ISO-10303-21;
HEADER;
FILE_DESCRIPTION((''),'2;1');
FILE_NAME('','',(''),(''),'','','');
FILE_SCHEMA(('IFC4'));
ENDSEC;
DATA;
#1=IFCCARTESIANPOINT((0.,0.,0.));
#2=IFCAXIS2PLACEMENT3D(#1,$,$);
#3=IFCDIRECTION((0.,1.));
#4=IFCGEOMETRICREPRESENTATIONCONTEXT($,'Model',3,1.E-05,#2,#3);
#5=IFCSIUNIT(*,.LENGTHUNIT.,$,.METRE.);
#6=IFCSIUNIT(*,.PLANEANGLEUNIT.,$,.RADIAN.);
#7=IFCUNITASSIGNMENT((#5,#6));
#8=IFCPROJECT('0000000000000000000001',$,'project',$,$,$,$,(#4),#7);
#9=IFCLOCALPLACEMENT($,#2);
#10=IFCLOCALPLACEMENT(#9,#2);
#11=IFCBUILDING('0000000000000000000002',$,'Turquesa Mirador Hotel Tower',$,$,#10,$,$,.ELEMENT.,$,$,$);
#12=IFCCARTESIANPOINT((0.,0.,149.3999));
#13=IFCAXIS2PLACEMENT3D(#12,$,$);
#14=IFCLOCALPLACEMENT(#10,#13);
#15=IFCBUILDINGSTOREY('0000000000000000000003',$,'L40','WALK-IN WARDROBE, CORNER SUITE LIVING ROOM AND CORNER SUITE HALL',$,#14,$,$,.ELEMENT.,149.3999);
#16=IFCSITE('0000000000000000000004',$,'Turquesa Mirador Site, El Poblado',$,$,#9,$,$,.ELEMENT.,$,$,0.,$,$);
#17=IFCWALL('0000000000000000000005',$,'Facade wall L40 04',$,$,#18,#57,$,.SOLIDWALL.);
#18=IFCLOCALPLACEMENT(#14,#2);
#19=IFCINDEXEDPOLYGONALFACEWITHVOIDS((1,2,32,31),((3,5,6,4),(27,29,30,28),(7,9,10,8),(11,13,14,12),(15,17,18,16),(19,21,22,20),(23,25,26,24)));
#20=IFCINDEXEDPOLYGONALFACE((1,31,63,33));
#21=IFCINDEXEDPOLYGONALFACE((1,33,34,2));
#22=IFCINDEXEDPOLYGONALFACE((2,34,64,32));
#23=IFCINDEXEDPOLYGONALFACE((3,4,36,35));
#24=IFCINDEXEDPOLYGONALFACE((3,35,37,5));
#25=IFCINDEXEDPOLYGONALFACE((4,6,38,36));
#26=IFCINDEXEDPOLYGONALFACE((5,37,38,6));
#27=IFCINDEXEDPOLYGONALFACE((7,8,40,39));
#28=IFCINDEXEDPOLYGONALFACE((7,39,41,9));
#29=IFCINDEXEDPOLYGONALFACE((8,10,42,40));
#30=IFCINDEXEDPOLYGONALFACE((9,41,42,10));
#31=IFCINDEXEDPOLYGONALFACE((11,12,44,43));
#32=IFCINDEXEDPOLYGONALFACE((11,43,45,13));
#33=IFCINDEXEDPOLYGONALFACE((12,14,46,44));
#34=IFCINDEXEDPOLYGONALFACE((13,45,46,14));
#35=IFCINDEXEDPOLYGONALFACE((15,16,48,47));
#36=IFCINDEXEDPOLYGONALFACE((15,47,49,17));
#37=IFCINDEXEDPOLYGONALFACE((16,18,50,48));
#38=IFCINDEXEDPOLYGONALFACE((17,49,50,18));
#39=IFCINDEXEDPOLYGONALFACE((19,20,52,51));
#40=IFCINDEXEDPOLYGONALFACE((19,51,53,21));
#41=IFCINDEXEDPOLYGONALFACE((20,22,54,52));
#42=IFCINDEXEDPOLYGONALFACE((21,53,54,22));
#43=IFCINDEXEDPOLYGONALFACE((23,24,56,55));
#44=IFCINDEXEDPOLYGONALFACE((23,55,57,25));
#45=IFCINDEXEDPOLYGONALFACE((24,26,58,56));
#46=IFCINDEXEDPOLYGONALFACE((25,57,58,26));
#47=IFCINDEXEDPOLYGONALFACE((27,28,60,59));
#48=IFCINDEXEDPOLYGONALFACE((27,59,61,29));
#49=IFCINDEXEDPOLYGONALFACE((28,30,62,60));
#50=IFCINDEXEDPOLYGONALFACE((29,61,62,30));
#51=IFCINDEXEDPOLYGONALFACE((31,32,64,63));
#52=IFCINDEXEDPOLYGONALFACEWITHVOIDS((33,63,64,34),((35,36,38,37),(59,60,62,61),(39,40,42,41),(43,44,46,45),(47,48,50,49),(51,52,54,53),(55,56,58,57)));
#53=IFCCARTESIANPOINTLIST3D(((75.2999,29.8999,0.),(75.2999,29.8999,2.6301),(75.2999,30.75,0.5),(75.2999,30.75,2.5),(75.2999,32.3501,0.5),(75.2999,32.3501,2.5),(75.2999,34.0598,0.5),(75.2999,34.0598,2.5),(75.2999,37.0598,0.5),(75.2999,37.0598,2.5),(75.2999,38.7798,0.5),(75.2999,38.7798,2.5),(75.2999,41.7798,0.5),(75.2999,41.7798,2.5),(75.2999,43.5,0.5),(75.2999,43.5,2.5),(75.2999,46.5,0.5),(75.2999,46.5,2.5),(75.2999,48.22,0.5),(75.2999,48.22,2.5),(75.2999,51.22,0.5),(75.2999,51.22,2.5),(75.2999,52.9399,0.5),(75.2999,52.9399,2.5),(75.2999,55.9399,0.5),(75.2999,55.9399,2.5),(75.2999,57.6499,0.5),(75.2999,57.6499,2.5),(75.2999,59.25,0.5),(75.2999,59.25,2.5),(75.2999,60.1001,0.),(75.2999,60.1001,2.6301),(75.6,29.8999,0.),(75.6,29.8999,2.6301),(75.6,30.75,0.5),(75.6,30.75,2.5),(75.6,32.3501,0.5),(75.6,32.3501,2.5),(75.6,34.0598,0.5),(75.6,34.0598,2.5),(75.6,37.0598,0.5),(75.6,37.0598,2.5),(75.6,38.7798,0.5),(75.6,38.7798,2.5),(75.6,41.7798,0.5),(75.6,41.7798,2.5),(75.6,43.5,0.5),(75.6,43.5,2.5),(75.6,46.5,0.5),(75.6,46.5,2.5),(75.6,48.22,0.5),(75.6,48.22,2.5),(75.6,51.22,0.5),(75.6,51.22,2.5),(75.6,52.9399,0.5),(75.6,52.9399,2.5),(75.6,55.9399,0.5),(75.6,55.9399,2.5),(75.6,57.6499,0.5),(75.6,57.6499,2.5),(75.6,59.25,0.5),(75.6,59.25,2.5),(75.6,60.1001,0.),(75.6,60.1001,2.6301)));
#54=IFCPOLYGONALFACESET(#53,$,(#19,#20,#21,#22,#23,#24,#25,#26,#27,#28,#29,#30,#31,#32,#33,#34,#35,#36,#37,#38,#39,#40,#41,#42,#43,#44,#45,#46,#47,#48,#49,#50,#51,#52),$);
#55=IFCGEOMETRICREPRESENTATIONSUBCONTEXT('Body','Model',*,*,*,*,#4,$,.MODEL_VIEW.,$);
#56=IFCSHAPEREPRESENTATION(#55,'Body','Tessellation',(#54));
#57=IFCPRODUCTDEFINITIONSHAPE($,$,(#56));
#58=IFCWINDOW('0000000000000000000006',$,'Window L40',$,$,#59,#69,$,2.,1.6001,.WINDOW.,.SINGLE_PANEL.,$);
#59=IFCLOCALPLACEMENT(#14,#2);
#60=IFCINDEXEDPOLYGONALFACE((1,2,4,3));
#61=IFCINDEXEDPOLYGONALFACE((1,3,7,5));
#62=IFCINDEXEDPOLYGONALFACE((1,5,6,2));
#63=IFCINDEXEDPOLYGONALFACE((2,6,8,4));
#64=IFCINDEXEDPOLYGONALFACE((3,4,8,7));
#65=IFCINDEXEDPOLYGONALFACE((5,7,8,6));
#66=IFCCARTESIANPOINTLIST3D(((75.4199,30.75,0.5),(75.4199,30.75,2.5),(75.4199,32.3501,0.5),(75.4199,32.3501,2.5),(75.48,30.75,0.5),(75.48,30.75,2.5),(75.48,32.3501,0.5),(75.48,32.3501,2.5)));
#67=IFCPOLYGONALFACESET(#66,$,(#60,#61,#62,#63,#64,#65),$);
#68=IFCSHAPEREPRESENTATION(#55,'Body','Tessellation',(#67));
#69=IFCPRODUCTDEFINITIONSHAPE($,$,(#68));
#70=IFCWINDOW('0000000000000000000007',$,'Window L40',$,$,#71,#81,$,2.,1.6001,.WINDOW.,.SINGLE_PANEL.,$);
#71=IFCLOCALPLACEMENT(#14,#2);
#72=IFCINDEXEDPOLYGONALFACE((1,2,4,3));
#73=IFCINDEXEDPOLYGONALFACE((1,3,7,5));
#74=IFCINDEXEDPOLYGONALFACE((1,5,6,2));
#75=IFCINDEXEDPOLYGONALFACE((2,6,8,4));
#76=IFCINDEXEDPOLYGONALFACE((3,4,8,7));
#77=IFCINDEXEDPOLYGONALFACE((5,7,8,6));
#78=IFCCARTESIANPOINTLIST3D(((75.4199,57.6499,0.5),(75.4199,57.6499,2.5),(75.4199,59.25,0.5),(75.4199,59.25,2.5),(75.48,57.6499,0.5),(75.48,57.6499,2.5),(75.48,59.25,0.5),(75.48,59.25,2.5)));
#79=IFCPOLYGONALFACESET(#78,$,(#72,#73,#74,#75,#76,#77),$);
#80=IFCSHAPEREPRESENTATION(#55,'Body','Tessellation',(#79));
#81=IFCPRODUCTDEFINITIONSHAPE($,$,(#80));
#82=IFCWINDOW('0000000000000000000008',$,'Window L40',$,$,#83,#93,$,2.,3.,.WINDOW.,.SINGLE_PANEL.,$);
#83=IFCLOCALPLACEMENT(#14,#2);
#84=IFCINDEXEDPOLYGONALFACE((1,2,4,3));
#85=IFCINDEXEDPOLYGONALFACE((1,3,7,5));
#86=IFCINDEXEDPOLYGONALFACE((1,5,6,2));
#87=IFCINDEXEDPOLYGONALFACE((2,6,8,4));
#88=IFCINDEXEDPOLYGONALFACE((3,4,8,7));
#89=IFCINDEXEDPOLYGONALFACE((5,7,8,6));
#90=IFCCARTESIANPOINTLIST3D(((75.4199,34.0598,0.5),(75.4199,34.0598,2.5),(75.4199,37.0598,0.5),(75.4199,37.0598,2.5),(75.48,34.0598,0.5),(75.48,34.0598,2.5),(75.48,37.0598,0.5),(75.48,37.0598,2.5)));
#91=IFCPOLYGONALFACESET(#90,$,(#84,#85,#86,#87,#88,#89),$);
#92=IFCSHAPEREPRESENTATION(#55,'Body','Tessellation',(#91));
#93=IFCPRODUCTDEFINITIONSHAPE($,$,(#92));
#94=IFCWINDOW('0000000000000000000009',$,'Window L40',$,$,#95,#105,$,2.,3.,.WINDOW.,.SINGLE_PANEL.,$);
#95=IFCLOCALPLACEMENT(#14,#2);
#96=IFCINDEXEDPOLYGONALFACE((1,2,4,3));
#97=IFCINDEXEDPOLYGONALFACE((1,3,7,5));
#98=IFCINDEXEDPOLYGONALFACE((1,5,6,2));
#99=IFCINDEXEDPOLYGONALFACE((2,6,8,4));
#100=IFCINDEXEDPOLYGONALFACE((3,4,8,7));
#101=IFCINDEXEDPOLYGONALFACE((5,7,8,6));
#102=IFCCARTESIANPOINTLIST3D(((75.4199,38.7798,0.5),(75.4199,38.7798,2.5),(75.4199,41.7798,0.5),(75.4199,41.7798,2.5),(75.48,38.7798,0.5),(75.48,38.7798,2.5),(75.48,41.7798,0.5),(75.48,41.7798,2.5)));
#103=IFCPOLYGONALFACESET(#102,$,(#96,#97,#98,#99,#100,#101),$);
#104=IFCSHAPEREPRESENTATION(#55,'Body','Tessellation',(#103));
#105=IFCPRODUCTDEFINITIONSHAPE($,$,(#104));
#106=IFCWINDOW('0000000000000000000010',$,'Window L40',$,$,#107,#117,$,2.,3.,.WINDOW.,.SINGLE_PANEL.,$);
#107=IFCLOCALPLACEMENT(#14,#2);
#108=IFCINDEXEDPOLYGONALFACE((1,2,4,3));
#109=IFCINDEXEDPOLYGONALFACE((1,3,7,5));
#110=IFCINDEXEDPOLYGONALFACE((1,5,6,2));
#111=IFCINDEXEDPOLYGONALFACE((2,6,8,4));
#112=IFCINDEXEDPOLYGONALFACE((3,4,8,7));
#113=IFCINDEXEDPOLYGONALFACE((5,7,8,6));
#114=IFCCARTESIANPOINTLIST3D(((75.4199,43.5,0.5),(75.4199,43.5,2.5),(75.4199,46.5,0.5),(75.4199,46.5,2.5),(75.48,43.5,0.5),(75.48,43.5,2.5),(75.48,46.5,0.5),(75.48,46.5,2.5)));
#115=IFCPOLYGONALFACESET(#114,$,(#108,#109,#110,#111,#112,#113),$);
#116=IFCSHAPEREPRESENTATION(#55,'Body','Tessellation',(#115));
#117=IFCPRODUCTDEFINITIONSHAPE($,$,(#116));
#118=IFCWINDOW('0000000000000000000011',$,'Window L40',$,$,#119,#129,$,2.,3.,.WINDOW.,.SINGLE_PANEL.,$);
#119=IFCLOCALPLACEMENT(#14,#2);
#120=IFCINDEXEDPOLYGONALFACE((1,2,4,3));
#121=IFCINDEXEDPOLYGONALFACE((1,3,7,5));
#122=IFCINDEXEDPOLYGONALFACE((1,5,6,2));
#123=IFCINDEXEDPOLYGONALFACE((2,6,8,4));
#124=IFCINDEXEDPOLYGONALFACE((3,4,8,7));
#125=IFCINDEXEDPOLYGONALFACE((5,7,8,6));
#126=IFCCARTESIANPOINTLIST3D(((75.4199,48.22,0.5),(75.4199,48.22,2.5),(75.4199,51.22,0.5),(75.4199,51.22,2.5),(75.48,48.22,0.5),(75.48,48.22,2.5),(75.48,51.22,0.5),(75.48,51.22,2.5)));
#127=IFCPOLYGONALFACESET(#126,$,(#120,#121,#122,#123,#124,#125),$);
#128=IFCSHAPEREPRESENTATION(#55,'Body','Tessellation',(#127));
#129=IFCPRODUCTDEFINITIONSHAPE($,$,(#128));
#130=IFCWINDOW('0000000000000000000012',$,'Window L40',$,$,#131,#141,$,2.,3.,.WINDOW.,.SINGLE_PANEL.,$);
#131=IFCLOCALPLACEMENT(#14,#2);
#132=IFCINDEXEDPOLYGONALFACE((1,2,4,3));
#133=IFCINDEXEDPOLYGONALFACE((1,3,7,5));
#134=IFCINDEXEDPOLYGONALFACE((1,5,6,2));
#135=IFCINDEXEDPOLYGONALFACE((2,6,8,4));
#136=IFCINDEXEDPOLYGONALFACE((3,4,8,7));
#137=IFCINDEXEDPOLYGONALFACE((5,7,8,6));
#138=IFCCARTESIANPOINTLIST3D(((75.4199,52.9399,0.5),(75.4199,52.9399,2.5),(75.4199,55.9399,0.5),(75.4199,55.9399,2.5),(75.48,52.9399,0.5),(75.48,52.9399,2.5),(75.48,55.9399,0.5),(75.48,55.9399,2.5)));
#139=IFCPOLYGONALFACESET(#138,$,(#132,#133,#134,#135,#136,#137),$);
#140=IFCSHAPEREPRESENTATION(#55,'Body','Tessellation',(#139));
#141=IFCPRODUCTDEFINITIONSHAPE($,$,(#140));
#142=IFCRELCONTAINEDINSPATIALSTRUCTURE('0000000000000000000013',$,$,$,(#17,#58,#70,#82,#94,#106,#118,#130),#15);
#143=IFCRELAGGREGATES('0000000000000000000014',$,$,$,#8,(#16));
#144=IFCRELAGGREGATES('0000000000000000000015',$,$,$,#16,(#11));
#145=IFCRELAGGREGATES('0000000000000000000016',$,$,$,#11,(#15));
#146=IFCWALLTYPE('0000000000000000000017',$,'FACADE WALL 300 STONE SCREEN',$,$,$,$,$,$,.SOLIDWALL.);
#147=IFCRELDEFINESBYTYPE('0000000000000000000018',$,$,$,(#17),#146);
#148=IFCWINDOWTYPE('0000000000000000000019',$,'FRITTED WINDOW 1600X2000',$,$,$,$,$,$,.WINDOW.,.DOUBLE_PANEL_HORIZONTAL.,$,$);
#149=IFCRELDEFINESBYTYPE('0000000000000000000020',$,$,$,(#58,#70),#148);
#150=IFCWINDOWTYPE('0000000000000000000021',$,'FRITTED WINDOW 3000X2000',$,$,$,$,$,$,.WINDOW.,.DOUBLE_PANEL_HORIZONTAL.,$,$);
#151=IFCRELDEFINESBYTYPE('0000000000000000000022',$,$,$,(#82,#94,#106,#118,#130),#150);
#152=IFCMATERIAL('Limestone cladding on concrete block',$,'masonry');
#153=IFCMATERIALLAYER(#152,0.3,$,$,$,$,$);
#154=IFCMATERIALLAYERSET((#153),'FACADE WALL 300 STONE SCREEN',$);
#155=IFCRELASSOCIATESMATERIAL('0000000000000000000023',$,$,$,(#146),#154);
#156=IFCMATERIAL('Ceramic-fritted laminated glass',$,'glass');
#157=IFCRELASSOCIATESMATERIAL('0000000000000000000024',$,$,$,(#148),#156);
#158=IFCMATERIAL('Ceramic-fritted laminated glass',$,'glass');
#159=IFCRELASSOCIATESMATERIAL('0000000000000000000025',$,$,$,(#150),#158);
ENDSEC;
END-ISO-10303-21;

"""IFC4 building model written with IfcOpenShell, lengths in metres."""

from ifc_helpers import new_model, si_unit, direction, frame, frame_2d, origin, place, context, subcontext, project, spatial, rectangle, extrude, material, layer, layer_set, type_object, element, fill, save


model = new_model("IFC4")

# Units and contexts
model_context = context("Model", 3, precision=1e-05, world=origin(), true_north=direction((0.0, 1.0)))
body_context = subcontext(model_context, "Body", "Model", "MODEL_VIEW")
ifc_project = project(units=[si_unit("LENGTHUNIT", "METRE"), si_unit("PLANEANGLEUNIT", "RADIAN")], contexts=[model_context])

# Site, building, storey
site_placement = place(None, origin())
site = spatial("IfcSite", under=ifc_project, at=site_placement, Name="Turquesa Mirador Site, El Poblado", CompositionType="ELEMENT", RefElevation=0.0)
building_placement = place(site_placement, origin())
building = spatial("IfcBuilding", under=site, at=building_placement, Name="Turquesa Mirador Hotel Tower", CompositionType="ELEMENT")
storey_placement = place(building_placement, frame((0.0, 0.0, 149.3999)))
storey = spatial("IfcBuildingStorey", under=building, at=storey_placement, Name="L40", Description="WALK-IN WARDROBE, CORNER SUITE LIVING ROOM AND CORNER SUITE HALL", CompositionType="ELEMENT", Elevation=149.3999)

# Shared definitions
ifc_material_1 = material(Name="Limestone cladding on concrete block", Category="masonry")
ifc_layer = layer(ifc_material_1, 0.3)
ifc_layer_set = layer_set([ifc_layer], Name="FACADE WALL 300 STONE SCREEN")
wall_type = type_object("IfcWallType", Name="FACADE WALL 300 STONE SCREEN", PredefinedType="SOLIDWALL", material=ifc_layer_set)

# Wall, openings, windows
wall_1_placement = place(storey_placement, frame((75.45, 29.8999, 0.0), z_axis=(0.0, 0.0, 1.0), x_axis=(0.0, 1.0, 0.0)))
wall_1 = element("IfcWall", 1, at=wall_1_placement, inside=storey, type_object=wall_type, Name="Facade wall L40 04", PredefinedType="SOLIDWALL", context=body_context, shape_type="SweptSolid", body=[
    extrude(rectangle(XDim=30.2002, YDim=0.3, at=frame_2d((15.1001, 0.0))), origin(), (0.0, 0.0, 1.0), 2.6301),
])
opening_1_placement = place(wall_1_placement, frame((0.8501, 0.0, 0.5)))
opening_1 = element("IfcOpeningElement", 2, at=opening_1_placement, cuts=wall_1, PredefinedType="OPENING", context=body_context, shape_type="SweptSolid", body=[
    extrude(rectangle(XDim=1.6001, YDim=2.0, at=frame_2d((0.8, 1.0))), frame((0.0, 0.1599, 0.0), z_axis=(0.0, -1.0, 0.0), x_axis=(1.0, 0.0, 0.0)), (0.0, 0.0, 1.0), 0.3201),
])
opening_2_placement = place(wall_1_placement, frame((4.1599, 0.0, 0.5)))
opening_2 = element("IfcOpeningElement", 3, at=opening_2_placement, cuts=wall_1, PredefinedType="OPENING", context=body_context, shape_type="SweptSolid", body=[
    extrude(rectangle(XDim=3.0, YDim=2.0, at=frame_2d((1.5, 1.0))), frame((0.0, 0.1599, 0.0), z_axis=(0.0, -1.0, 0.0), x_axis=(1.0, 0.0, 0.0)), (0.0, 0.0, 1.0), 0.3201),
])
opening_3_placement = place(wall_1_placement, frame((8.8799, 0.0, 0.5)))
opening_3 = element("IfcOpeningElement", 4, at=opening_3_placement, cuts=wall_1, PredefinedType="OPENING", context=body_context, shape_type="SweptSolid", body=[
    extrude(rectangle(XDim=3.0, YDim=2.0, at=frame_2d((1.5, 1.0))), frame((0.0, 0.1599, 0.0), z_axis=(0.0, -1.0, 0.0), x_axis=(1.0, 0.0, 0.0)), (0.0, 0.0, 1.0), 0.3201),
])
opening_4_placement = place(wall_1_placement, frame((13.6001, 0.0, 0.5)))
opening_4 = element("IfcOpeningElement", 5, at=opening_4_placement, cuts=wall_1, PredefinedType="OPENING", context=body_context, shape_type="SweptSolid", body=[
    extrude(rectangle(XDim=3.0, YDim=2.0, at=frame_2d((1.5, 1.0))), frame((0.0, 0.1599, 0.0), z_axis=(0.0, -1.0, 0.0), x_axis=(1.0, 0.0, 0.0)), (0.0, 0.0, 1.0), 0.3201),
])
opening_5_placement = place(wall_1_placement, frame((18.3201, 0.0, 0.5)))
opening_5 = element("IfcOpeningElement", 6, at=opening_5_placement, cuts=wall_1, PredefinedType="OPENING", context=body_context, shape_type="SweptSolid", body=[
    extrude(rectangle(XDim=3.0, YDim=2.0, at=frame_2d((1.5, 1.0))), frame((0.0, 0.1599, 0.0), z_axis=(0.0, -1.0, 0.0), x_axis=(1.0, 0.0, 0.0)), (0.0, 0.0, 1.0), 0.3201),
])
opening_6_placement = place(wall_1_placement, frame((23.04, 0.0, 0.5)))
opening_6 = element("IfcOpeningElement", 7, at=opening_6_placement, cuts=wall_1, PredefinedType="OPENING", context=body_context, shape_type="SweptSolid", body=[
    extrude(rectangle(XDim=3.0, YDim=2.0, at=frame_2d((1.5, 1.0))), frame((0.0, 0.1599, 0.0), z_axis=(0.0, -1.0, 0.0), x_axis=(1.0, 0.0, 0.0)), (0.0, 0.0, 1.0), 0.3201),
])
opening_7_placement = place(wall_1_placement, frame((27.75, 0.0, 0.5)))
opening_7 = element("IfcOpeningElement", 8, at=opening_7_placement, cuts=wall_1, PredefinedType="OPENING", context=body_context, shape_type="SweptSolid", body=[
    extrude(rectangle(XDim=1.6001, YDim=2.0, at=frame_2d((0.8, 1.0))), frame((0.0, 0.1599, 0.0), z_axis=(0.0, -1.0, 0.0), x_axis=(1.0, 0.0, 0.0)), (0.0, 0.0, 1.0), 0.3201),
])
ifc_material_2 = material(Name="Ceramic-fritted laminated glass", Category="glass")
window_type_1 = type_object("IfcWindowType", Name="FRITTED WINDOW 1600X2000", PartitioningType="DOUBLE_PANEL_HORIZONTAL", PredefinedType="WINDOW", material=ifc_material_2)
window_1_placement = place(opening_1_placement, origin())
window_1 = element("IfcWindow", 9, at=window_1_placement, inside=storey, type_object=window_type_1, Name="Window L40", OverallHeight=2.0, OverallWidth=1.6001, PartitioningType="SINGLE_PANEL", PredefinedType="WINDOW", context=body_context, shape_type="SweptSolid", body=[
    extrude(rectangle(XDim=1.6001, YDim=2.0, at=frame_2d((0.8, 1.0))), frame((0.0, 0.03, 0.0), z_axis=(0.0, -1.0, 0.0), x_axis=(1.0, 0.0, 0.0)), (0.0, 0.0, 1.0), 0.0601),
])
fill(opening_1, window_1)
window_2_placement = place(opening_7_placement, origin())
window_2 = element("IfcWindow", 10, at=window_2_placement, inside=storey, type_object=window_type_1, Name="Window L40", OverallHeight=2.0, OverallWidth=1.6001, PartitioningType="SINGLE_PANEL", PredefinedType="WINDOW", context=body_context, shape_type="SweptSolid", body=[
    extrude(rectangle(XDim=1.6001, YDim=2.0, at=frame_2d((0.8, 1.0))), frame((0.0, 0.03, 0.0), z_axis=(0.0, -1.0, 0.0), x_axis=(1.0, 0.0, 0.0)), (0.0, 0.0, 1.0), 0.0601),
])
fill(opening_7, window_2)
ifc_material_3 = material(Name="Ceramic-fritted laminated glass", Category="glass")
window_type_2 = type_object("IfcWindowType", Name="FRITTED WINDOW 3000X2000", PartitioningType="DOUBLE_PANEL_HORIZONTAL", PredefinedType="WINDOW", material=ifc_material_3)
window_3_placement = place(opening_2_placement, origin())
window_3 = element("IfcWindow", 11, at=window_3_placement, inside=storey, type_object=window_type_2, Name="Window L40", OverallHeight=2.0, OverallWidth=3.0, PartitioningType="SINGLE_PANEL", PredefinedType="WINDOW", context=body_context, shape_type="SweptSolid", body=[
    extrude(rectangle(XDim=3.0, YDim=2.0, at=frame_2d((1.5, 1.0))), frame((0.0, 0.03, 0.0), z_axis=(0.0, -1.0, 0.0), x_axis=(1.0, 0.0, 0.0)), (0.0, 0.0, 1.0), 0.0601),
])
fill(opening_2, window_3)
window_4_placement = place(opening_3_placement, origin())
window_4 = element("IfcWindow", 12, at=window_4_placement, inside=storey, type_object=window_type_2, Name="Window L40", OverallHeight=2.0, OverallWidth=3.0, PartitioningType="SINGLE_PANEL", PredefinedType="WINDOW", context=body_context, shape_type="SweptSolid", body=[
    extrude(rectangle(XDim=3.0, YDim=2.0, at=frame_2d((1.5, 1.0))), frame((0.0, 0.03, 0.0), z_axis=(0.0, -1.0, 0.0), x_axis=(1.0, 0.0, 0.0)), (0.0, 0.0, 1.0), 0.0601),
])
fill(opening_3, window_4)
window_5_placement = place(opening_4_placement, origin())
window_5 = element("IfcWindow", 13, at=window_5_placement, inside=storey, type_object=window_type_2, Name="Window L40", OverallHeight=2.0, OverallWidth=3.0, PartitioningType="SINGLE_PANEL", PredefinedType="WINDOW", context=body_context, shape_type="SweptSolid", body=[
    extrude(rectangle(XDim=3.0, YDim=2.0, at=frame_2d((1.5, 1.0))), frame((0.0, 0.03, 0.0), z_axis=(0.0, -1.0, 0.0), x_axis=(1.0, 0.0, 0.0)), (0.0, 0.0, 1.0), 0.0601),
])
fill(opening_4, window_5)
window_6_placement = place(opening_5_placement, origin())
window_6 = element("IfcWindow", 14, at=window_6_placement, inside=storey, type_object=window_type_2, Name="Window L40", OverallHeight=2.0, OverallWidth=3.0, PartitioningType="SINGLE_PANEL", PredefinedType="WINDOW", context=body_context, shape_type="SweptSolid", body=[
    extrude(rectangle(XDim=3.0, YDim=2.0, at=frame_2d((1.5, 1.0))), frame((0.0, 0.03, 0.0), z_axis=(0.0, -1.0, 0.0), x_axis=(1.0, 0.0, 0.0)), (0.0, 0.0, 1.0), 0.0601),
])
fill(opening_5, window_6)
window_7_placement = place(opening_6_placement, origin())
window_7 = element("IfcWindow", 15, at=window_7_placement, inside=storey, type_object=window_type_2, Name="Window L40", OverallHeight=2.0, OverallWidth=3.0, PartitioningType="SINGLE_PANEL", PredefinedType="WINDOW", context=body_context, shape_type="SweptSolid", body=[
    extrude(rectangle(XDim=3.0, YDim=2.0, at=frame_2d((1.5, 1.0))), frame((0.0, 0.03, 0.0), z_axis=(0.0, -1.0, 0.0), x_axis=(1.0, 0.0, 0.0)), (0.0, 0.0, 1.0), 0.0601),
])
fill(opening_6, window_7)

save(model, "model.ifc")
